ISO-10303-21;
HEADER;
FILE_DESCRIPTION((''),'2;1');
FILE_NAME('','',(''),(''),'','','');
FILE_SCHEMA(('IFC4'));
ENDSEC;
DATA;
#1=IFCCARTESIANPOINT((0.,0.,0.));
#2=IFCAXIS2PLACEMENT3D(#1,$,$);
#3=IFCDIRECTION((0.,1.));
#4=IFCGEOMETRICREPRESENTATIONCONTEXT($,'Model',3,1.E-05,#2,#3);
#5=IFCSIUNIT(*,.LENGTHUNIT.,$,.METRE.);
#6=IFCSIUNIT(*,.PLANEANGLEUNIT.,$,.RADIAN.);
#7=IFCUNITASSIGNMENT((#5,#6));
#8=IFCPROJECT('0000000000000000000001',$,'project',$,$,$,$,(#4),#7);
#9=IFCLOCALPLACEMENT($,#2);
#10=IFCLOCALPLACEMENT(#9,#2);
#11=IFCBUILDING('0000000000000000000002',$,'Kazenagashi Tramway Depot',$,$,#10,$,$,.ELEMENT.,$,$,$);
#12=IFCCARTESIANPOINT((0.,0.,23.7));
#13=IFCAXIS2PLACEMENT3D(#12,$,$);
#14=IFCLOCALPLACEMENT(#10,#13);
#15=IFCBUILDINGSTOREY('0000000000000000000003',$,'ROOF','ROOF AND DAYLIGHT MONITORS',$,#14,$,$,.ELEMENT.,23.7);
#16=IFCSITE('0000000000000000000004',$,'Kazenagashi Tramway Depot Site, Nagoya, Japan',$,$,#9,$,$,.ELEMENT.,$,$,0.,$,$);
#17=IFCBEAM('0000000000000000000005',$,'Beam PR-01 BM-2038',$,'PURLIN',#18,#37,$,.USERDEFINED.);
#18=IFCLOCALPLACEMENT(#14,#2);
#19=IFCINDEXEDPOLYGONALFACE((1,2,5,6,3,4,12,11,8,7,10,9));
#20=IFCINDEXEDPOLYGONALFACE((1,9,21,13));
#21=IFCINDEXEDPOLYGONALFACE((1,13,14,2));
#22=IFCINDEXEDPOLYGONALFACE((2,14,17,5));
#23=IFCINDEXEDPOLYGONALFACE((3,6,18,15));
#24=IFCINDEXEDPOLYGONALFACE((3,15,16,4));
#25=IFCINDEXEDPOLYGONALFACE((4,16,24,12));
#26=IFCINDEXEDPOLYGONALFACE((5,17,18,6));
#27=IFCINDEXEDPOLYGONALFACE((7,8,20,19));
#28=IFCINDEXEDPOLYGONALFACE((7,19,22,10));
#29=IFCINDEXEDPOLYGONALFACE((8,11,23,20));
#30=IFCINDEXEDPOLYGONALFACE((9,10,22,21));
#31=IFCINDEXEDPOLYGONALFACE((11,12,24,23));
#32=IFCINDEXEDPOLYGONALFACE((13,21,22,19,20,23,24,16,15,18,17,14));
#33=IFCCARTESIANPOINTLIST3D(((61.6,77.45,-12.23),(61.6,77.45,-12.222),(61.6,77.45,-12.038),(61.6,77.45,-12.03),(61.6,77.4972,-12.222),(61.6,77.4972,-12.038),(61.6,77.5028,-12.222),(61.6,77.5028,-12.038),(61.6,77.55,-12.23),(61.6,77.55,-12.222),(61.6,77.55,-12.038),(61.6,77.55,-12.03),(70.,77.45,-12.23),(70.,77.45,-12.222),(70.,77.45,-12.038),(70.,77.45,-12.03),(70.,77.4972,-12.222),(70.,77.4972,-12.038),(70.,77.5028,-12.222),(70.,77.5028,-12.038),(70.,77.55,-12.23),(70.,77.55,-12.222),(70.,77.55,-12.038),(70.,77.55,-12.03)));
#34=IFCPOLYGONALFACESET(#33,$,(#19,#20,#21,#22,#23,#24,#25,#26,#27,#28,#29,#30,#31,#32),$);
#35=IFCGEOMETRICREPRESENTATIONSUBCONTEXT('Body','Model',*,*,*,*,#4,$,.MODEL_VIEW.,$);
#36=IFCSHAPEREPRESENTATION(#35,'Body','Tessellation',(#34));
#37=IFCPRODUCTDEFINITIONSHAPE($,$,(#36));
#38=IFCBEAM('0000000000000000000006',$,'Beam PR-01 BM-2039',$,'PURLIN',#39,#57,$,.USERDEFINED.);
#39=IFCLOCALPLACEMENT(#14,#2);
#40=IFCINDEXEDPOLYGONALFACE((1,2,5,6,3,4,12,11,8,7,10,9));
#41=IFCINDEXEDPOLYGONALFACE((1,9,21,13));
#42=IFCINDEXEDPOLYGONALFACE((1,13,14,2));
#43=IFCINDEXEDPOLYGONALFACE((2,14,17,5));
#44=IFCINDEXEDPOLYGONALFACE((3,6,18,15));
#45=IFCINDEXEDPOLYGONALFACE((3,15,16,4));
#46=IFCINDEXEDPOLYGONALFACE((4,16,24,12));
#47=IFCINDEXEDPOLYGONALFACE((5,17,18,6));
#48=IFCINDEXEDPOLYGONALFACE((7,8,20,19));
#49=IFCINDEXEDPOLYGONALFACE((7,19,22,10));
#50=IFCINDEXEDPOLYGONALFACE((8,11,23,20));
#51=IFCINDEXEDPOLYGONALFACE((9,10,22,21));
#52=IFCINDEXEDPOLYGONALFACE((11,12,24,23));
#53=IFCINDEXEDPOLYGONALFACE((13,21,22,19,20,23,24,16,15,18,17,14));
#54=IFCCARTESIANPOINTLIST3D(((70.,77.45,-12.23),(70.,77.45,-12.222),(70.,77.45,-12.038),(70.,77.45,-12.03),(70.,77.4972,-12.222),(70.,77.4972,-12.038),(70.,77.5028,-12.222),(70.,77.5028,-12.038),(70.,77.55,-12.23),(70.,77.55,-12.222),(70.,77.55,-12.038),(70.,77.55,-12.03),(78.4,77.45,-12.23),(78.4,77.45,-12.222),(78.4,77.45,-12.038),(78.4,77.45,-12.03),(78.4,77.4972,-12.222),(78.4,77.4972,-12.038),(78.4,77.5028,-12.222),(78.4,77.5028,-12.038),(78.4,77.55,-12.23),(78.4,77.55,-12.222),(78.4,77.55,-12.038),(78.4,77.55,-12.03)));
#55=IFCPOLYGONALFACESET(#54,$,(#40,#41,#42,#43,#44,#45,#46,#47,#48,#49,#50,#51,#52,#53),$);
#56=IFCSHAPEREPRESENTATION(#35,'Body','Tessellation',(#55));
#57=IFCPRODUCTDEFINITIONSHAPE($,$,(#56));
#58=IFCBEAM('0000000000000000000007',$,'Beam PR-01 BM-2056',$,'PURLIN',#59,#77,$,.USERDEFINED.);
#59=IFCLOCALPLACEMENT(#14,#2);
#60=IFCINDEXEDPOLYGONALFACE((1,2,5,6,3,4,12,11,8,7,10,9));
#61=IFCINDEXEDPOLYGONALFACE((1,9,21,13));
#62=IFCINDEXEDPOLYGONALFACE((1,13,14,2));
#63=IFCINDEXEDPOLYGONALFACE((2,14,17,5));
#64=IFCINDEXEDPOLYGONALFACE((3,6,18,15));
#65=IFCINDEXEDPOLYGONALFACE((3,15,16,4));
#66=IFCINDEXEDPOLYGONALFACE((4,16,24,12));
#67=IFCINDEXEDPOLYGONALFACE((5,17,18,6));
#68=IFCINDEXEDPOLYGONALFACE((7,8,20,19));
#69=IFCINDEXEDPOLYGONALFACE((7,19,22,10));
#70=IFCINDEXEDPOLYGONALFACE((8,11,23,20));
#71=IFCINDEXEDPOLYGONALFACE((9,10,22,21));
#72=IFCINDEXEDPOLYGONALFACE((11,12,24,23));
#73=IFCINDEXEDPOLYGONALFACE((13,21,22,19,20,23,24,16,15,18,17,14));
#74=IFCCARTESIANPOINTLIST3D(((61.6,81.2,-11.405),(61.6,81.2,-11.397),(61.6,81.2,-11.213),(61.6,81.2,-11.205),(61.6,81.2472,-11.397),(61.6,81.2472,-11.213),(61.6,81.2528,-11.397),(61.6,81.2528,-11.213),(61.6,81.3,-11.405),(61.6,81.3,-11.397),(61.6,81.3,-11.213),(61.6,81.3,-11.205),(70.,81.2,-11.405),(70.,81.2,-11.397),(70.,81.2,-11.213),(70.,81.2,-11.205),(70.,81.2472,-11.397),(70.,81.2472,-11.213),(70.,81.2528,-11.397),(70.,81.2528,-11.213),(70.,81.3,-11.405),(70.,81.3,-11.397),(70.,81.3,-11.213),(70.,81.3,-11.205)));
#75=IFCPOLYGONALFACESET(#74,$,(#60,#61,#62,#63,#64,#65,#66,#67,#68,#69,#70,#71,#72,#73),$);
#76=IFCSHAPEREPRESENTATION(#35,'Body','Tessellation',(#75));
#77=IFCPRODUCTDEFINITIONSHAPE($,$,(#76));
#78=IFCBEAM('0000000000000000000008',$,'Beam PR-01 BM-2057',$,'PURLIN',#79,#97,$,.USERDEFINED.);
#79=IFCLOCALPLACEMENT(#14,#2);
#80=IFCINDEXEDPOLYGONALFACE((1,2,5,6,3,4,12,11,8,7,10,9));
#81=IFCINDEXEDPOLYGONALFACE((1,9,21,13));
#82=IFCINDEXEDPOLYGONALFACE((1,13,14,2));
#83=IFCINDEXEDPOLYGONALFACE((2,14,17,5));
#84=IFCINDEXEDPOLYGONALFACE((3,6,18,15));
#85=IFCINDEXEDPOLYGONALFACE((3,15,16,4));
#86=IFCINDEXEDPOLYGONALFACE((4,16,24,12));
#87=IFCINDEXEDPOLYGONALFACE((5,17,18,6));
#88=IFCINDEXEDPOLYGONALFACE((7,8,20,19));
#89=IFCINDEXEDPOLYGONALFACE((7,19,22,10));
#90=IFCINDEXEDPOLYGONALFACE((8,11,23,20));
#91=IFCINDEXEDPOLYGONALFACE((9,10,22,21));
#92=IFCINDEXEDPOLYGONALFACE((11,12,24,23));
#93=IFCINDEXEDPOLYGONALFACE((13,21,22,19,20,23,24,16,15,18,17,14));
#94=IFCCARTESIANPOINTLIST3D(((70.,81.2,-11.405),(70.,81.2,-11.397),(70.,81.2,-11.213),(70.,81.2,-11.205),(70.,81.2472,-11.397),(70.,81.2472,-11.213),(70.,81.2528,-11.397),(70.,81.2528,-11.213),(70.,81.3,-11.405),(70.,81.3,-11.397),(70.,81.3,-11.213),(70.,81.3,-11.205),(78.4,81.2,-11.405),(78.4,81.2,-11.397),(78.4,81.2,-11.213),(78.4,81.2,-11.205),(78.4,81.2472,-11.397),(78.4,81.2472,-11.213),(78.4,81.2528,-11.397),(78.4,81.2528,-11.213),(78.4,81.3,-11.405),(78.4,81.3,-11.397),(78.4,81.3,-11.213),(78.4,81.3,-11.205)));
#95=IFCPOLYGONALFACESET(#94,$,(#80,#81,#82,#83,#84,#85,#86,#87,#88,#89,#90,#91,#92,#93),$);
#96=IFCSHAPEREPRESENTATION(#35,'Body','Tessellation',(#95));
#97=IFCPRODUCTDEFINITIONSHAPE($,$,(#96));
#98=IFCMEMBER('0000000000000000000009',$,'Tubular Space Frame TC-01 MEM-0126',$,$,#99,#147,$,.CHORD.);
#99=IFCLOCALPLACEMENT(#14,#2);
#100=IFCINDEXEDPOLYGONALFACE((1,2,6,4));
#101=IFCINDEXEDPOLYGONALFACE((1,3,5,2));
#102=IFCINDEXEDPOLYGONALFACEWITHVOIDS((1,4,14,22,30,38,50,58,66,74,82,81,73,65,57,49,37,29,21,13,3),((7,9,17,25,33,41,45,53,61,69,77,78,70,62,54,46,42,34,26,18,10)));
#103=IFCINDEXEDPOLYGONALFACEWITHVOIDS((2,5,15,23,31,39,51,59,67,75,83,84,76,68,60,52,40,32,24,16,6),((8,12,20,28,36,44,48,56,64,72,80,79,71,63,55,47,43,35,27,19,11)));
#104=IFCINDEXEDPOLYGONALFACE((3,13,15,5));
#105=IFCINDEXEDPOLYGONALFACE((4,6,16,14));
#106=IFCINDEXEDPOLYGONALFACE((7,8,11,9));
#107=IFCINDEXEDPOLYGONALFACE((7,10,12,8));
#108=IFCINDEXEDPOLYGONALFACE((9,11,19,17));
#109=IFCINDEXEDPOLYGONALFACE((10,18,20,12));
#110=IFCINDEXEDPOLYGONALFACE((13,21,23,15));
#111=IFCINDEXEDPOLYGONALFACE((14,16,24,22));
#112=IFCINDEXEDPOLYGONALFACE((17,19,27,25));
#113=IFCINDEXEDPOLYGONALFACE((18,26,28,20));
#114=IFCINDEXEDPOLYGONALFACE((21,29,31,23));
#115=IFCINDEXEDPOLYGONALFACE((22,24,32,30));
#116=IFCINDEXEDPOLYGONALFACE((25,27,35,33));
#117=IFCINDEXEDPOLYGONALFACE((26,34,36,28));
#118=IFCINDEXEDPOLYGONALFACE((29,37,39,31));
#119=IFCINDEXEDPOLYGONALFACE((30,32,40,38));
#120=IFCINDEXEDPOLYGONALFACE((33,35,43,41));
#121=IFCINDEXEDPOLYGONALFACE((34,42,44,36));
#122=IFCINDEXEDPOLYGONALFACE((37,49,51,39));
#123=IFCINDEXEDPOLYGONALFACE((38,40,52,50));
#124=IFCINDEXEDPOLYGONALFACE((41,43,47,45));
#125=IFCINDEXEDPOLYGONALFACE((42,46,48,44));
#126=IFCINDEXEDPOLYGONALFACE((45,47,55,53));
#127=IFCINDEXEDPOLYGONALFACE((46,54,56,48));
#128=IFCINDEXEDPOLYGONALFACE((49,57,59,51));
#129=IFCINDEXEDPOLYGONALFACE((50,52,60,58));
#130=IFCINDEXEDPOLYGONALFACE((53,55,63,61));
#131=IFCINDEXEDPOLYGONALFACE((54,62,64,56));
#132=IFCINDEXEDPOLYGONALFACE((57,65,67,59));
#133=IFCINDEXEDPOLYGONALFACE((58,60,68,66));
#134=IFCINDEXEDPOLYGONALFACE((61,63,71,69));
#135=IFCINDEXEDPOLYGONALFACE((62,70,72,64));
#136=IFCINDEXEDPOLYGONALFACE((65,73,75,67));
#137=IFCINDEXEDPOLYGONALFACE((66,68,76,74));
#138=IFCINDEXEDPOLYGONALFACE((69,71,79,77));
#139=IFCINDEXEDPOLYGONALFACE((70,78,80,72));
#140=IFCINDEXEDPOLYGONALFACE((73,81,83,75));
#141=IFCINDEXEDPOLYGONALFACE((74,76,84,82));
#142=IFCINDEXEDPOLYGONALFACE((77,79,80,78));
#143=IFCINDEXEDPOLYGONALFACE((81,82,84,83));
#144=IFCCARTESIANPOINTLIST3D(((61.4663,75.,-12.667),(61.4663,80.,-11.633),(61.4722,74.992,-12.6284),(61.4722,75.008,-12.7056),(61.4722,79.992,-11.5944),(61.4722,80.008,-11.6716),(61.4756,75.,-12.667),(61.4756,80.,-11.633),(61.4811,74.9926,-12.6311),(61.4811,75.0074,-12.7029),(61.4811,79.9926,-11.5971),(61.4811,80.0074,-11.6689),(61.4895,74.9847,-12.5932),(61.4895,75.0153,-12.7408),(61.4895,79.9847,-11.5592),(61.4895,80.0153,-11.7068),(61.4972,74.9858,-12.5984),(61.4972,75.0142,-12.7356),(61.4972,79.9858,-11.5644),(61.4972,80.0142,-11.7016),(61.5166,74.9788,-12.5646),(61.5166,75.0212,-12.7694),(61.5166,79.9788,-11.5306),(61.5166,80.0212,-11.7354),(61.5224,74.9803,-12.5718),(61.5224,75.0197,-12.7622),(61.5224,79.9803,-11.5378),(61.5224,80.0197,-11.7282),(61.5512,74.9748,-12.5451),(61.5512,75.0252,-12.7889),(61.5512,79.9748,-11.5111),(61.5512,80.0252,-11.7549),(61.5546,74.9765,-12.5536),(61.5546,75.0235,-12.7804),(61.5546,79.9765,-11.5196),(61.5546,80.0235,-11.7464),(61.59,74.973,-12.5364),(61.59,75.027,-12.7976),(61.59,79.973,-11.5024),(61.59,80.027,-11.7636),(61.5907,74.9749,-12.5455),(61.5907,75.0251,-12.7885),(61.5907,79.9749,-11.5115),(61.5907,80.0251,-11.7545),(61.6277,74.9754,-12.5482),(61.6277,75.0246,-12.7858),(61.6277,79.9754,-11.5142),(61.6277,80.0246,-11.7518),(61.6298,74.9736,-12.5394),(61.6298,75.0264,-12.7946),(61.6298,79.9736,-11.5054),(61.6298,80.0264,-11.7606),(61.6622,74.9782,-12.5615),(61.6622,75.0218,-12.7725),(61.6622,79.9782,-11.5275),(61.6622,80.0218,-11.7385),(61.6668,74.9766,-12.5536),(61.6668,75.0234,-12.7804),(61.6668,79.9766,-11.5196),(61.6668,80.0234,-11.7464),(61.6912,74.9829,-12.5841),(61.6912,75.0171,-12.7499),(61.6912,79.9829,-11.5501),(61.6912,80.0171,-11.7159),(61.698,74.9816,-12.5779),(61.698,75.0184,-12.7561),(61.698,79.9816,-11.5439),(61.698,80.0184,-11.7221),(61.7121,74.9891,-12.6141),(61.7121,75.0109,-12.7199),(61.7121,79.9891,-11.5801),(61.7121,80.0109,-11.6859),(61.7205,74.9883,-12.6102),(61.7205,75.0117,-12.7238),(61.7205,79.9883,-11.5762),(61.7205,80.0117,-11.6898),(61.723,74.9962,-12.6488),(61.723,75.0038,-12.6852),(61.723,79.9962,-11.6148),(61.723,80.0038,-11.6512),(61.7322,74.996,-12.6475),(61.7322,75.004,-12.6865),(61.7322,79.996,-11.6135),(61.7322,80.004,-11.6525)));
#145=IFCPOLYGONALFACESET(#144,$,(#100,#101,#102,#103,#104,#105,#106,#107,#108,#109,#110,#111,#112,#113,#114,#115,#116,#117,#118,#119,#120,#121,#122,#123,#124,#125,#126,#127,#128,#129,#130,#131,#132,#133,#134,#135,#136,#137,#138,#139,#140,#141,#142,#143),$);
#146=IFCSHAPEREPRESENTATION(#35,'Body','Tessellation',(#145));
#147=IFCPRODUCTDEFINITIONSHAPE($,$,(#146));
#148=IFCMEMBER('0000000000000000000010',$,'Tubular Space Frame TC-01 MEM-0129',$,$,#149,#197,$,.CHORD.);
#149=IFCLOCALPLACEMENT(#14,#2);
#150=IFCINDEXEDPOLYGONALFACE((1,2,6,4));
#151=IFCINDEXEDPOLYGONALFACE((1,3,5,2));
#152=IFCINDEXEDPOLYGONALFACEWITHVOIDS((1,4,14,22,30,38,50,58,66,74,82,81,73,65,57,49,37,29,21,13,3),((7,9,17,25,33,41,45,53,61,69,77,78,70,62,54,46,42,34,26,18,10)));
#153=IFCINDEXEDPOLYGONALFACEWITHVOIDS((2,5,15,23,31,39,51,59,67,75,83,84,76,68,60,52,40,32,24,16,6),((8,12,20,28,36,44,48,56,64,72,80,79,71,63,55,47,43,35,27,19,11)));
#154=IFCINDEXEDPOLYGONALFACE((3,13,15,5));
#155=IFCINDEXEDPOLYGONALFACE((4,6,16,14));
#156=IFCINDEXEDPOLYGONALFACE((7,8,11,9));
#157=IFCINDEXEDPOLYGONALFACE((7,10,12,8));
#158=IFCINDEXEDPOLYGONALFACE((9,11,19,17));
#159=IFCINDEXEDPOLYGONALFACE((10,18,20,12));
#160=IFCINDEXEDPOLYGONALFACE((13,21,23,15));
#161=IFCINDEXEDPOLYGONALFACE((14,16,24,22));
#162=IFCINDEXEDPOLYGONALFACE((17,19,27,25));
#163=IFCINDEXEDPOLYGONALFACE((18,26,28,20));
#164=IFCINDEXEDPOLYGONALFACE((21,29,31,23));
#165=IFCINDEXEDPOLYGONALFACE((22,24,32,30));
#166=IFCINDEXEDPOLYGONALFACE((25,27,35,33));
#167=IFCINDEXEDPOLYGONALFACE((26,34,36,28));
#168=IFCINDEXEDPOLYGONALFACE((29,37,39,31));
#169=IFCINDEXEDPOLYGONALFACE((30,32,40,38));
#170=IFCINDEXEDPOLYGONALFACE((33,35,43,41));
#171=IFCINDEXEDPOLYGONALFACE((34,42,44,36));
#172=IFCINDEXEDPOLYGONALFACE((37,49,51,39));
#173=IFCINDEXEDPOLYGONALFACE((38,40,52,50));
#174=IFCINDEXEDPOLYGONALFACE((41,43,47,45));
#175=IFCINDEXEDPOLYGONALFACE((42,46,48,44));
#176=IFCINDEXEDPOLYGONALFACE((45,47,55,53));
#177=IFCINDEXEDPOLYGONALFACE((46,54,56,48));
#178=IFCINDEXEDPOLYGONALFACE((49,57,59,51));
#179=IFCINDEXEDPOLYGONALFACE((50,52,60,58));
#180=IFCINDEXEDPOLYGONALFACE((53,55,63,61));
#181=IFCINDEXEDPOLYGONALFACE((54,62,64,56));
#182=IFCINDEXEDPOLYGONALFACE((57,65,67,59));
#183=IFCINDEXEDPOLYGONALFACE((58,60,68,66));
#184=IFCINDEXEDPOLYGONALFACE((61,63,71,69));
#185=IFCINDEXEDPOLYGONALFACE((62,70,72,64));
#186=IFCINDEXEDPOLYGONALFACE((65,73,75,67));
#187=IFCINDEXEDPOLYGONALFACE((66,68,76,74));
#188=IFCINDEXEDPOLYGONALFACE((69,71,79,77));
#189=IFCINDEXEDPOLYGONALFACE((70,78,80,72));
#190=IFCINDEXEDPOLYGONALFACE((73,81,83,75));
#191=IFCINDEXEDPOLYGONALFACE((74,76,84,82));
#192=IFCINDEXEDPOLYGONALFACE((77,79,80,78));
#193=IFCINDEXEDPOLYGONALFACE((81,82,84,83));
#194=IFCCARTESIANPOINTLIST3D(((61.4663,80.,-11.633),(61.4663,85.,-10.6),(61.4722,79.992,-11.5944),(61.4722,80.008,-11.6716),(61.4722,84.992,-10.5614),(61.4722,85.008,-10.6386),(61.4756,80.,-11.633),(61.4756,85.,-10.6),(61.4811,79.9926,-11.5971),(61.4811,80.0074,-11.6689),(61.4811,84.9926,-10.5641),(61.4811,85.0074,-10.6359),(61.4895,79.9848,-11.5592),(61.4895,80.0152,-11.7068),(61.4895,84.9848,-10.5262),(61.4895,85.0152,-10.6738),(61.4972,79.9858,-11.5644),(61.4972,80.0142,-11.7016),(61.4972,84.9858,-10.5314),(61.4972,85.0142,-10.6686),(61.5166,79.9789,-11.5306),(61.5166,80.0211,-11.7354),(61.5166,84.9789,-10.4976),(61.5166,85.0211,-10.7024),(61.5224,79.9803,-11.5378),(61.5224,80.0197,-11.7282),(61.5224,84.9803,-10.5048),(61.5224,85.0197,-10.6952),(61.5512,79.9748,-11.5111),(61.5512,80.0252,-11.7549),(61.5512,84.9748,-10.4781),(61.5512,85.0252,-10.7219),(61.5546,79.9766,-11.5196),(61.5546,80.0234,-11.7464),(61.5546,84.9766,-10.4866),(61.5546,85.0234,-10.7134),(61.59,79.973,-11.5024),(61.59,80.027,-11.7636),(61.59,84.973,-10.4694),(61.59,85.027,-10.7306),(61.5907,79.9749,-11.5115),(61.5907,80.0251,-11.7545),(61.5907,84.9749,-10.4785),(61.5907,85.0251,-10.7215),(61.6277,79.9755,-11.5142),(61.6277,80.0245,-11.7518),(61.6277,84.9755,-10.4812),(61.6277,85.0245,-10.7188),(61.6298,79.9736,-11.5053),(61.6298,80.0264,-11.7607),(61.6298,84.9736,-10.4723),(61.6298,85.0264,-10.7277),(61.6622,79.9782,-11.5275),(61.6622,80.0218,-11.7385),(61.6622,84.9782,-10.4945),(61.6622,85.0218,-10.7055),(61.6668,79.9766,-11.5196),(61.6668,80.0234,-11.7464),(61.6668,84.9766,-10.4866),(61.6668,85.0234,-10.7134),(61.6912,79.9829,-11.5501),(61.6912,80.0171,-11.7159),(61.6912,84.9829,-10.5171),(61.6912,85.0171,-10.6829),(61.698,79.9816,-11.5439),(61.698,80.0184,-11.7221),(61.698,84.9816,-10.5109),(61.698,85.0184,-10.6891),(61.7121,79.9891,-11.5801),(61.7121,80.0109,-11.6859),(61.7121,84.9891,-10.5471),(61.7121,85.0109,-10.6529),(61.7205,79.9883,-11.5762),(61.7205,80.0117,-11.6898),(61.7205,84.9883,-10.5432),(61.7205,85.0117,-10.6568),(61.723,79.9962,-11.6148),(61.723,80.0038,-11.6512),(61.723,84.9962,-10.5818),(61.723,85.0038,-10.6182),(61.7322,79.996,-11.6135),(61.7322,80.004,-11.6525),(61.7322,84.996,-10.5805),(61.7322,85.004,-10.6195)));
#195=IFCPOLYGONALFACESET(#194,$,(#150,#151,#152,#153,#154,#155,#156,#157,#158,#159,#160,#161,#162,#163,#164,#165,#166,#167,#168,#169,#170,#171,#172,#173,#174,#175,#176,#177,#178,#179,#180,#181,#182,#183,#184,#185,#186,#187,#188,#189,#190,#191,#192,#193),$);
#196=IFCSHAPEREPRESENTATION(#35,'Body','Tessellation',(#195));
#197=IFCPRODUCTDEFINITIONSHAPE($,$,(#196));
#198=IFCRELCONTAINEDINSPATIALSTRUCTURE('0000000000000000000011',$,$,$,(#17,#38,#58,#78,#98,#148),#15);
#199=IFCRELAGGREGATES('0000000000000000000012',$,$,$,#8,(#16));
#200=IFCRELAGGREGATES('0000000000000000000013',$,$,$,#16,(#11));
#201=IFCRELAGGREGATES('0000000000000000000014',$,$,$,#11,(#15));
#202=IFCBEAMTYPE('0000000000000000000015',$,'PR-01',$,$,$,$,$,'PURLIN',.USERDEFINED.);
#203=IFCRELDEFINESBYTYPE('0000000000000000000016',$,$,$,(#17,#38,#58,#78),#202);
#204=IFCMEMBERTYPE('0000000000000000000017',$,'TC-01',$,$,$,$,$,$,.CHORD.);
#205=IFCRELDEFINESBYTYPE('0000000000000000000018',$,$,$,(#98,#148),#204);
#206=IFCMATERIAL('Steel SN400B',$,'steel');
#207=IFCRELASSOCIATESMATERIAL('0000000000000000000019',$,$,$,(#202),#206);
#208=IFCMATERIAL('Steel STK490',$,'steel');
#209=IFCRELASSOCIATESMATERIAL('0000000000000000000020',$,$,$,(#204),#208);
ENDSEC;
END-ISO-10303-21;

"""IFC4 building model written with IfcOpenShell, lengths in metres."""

from ifc_helpers import new_model, si_unit, direction, frame, origin, origin_2d, place, context, subcontext, project, spatial, hollow_circle, i_section, extrude, material, material_profile, profile_set, type_object, element, save


model = new_model("IFC4")

# Units and contexts
model_context = context("Model", 3, precision=1e-05, world=origin(), true_north=direction((0.0, 1.0)))
body_context = subcontext(model_context, "Body", "Model", "MODEL_VIEW")
ifc_project = project(units=[si_unit("LENGTHUNIT", "METRE"), si_unit("PLANEANGLEUNIT", "RADIAN")], contexts=[model_context])

# Site, building, storey
site_placement = place(None, origin())
site = spatial("IfcSite", under=ifc_project, at=site_placement, Name="Kazenagashi Tramway Depot Site, Nagoya, Japan", CompositionType="ELEMENT", RefElevation=0.0)
building_placement = place(site_placement, origin())
building = spatial("IfcBuilding", under=site, at=building_placement, Name="Kazenagashi Tramway Depot", CompositionType="ELEMENT")
storey_placement = place(building_placement, frame((0.0, 0.0, 23.7)))
storey = spatial("IfcBuildingStorey", under=building, at=storey_placement, Name="ROOF", Description="ROOF AND DAYLIGHT MONITORS", CompositionType="ELEMENT", Elevation=23.7)

# Beams
ifc_material_1 = material(Name="Steel SN400B", Category="steel")
ifc_material_profile_1 = material_profile(ifc_material_1, i_section(OverallWidth=0.1, OverallDepth=0.2, WebThickness=0.0055, FlangeThickness=0.008, at=origin_2d()), Name="H-200x100x5.5x8")
ifc_profile_set_1 = profile_set([ifc_material_profile_1], Name="Steel SN400B")
beam_type = type_object("IfcBeamType", Name="PR-01", ElementType="PURLIN", PredefinedType="USERDEFINED", material=ifc_profile_set_1)
for number, where, z_axis, x_axis, name in (
    (1, (61.6, 77.5, -12.13), (1.0, 0.0, 0.0), (0.0, 1.0, 0.0), "Beam PR-01 BM-2038"),
    (2, (70.0, 77.5, -12.13), (1.0, 0.0, 0.0), (0.0, 1.0, 0.0), "Beam PR-01 BM-2039"),
    (3, (61.6, 81.25, -11.305), (1.0, 0.0, 0.0), (0.0, 1.0, 0.0), "Beam PR-01 BM-2056"),
    (4, (70.0, 81.25, -11.305), (1.0, 0.0, 0.0), (0.0, 1.0, 0.0), "Beam PR-01 BM-2057"),
):
    element("IfcBeam", number, at=place(storey_placement, frame(where, z_axis=z_axis, x_axis=x_axis)), inside=storey, type_object=beam_type, Name=name, ObjectType="PURLIN", PredefinedType="USERDEFINED", context=body_context, shape_type="SweptSolid", body=[
        extrude(i_section(OverallWidth=0.1, OverallDepth=0.2, WebThickness=0.0055, FlangeThickness=0.008, at=origin_2d()), origin(), (0.0, 0.0, 1.0), 8.4),
    ])

# Members
ifc_material_2 = material(Name="Steel STK490", Category="steel")
ifc_material_profile_2 = material_profile(ifc_material_2, hollow_circle(Radius=0.1337, WallThickness=0.0093, at=origin_2d()), Name="CHS-267.4x9.3")
ifc_profile_set_2 = profile_set([ifc_material_profile_2], Name="Steel STK490")
member_type_1 = type_object("IfcMemberType", Name="TC-01", PredefinedType="CHORD", material=ifc_profile_set_2)
member_1_placement = place(storey_placement, frame((61.6, 75.0, -12.667), z_axis=(0.0, 0.979279, 0.202515), x_axis=(-1.0, 0.0, 0.0)))
element("IfcMember", 5, at=member_1_placement, inside=storey, type_object=member_type_1, Name="Tubular Space Frame TC-01 MEM-0126", PredefinedType="CHORD", context=body_context, shape_type="SweptSolid", body=[
    extrude(hollow_circle(Radius=0.1337, WallThickness=0.0093, at=origin_2d()), origin(), (0.0, 0.0, 1.0), 5.1058),
])
for number, where, z_axis, x_axis, name in (
    (6, (61.6, 80.0, -11.633), (0.0, 0.979318, 0.202327), (-1.0, 0.0, 0.0), "Tubular Space Frame TC-01 MEM-0129"),
):
    element("IfcMember", number, at=place(storey_placement, frame(where, z_axis=z_axis, x_axis=x_axis)), inside=storey, type_object=member_type_1, Name=name, PredefinedType="CHORD", context=body_context, shape_type="SweptSolid", body=[
        extrude(hollow_circle(Radius=0.1337, WallThickness=0.0093, at=origin_2d()), origin(), (0.0, 0.0, 1.0), 5.1056),
    ])

save(model, "model.ifc")
